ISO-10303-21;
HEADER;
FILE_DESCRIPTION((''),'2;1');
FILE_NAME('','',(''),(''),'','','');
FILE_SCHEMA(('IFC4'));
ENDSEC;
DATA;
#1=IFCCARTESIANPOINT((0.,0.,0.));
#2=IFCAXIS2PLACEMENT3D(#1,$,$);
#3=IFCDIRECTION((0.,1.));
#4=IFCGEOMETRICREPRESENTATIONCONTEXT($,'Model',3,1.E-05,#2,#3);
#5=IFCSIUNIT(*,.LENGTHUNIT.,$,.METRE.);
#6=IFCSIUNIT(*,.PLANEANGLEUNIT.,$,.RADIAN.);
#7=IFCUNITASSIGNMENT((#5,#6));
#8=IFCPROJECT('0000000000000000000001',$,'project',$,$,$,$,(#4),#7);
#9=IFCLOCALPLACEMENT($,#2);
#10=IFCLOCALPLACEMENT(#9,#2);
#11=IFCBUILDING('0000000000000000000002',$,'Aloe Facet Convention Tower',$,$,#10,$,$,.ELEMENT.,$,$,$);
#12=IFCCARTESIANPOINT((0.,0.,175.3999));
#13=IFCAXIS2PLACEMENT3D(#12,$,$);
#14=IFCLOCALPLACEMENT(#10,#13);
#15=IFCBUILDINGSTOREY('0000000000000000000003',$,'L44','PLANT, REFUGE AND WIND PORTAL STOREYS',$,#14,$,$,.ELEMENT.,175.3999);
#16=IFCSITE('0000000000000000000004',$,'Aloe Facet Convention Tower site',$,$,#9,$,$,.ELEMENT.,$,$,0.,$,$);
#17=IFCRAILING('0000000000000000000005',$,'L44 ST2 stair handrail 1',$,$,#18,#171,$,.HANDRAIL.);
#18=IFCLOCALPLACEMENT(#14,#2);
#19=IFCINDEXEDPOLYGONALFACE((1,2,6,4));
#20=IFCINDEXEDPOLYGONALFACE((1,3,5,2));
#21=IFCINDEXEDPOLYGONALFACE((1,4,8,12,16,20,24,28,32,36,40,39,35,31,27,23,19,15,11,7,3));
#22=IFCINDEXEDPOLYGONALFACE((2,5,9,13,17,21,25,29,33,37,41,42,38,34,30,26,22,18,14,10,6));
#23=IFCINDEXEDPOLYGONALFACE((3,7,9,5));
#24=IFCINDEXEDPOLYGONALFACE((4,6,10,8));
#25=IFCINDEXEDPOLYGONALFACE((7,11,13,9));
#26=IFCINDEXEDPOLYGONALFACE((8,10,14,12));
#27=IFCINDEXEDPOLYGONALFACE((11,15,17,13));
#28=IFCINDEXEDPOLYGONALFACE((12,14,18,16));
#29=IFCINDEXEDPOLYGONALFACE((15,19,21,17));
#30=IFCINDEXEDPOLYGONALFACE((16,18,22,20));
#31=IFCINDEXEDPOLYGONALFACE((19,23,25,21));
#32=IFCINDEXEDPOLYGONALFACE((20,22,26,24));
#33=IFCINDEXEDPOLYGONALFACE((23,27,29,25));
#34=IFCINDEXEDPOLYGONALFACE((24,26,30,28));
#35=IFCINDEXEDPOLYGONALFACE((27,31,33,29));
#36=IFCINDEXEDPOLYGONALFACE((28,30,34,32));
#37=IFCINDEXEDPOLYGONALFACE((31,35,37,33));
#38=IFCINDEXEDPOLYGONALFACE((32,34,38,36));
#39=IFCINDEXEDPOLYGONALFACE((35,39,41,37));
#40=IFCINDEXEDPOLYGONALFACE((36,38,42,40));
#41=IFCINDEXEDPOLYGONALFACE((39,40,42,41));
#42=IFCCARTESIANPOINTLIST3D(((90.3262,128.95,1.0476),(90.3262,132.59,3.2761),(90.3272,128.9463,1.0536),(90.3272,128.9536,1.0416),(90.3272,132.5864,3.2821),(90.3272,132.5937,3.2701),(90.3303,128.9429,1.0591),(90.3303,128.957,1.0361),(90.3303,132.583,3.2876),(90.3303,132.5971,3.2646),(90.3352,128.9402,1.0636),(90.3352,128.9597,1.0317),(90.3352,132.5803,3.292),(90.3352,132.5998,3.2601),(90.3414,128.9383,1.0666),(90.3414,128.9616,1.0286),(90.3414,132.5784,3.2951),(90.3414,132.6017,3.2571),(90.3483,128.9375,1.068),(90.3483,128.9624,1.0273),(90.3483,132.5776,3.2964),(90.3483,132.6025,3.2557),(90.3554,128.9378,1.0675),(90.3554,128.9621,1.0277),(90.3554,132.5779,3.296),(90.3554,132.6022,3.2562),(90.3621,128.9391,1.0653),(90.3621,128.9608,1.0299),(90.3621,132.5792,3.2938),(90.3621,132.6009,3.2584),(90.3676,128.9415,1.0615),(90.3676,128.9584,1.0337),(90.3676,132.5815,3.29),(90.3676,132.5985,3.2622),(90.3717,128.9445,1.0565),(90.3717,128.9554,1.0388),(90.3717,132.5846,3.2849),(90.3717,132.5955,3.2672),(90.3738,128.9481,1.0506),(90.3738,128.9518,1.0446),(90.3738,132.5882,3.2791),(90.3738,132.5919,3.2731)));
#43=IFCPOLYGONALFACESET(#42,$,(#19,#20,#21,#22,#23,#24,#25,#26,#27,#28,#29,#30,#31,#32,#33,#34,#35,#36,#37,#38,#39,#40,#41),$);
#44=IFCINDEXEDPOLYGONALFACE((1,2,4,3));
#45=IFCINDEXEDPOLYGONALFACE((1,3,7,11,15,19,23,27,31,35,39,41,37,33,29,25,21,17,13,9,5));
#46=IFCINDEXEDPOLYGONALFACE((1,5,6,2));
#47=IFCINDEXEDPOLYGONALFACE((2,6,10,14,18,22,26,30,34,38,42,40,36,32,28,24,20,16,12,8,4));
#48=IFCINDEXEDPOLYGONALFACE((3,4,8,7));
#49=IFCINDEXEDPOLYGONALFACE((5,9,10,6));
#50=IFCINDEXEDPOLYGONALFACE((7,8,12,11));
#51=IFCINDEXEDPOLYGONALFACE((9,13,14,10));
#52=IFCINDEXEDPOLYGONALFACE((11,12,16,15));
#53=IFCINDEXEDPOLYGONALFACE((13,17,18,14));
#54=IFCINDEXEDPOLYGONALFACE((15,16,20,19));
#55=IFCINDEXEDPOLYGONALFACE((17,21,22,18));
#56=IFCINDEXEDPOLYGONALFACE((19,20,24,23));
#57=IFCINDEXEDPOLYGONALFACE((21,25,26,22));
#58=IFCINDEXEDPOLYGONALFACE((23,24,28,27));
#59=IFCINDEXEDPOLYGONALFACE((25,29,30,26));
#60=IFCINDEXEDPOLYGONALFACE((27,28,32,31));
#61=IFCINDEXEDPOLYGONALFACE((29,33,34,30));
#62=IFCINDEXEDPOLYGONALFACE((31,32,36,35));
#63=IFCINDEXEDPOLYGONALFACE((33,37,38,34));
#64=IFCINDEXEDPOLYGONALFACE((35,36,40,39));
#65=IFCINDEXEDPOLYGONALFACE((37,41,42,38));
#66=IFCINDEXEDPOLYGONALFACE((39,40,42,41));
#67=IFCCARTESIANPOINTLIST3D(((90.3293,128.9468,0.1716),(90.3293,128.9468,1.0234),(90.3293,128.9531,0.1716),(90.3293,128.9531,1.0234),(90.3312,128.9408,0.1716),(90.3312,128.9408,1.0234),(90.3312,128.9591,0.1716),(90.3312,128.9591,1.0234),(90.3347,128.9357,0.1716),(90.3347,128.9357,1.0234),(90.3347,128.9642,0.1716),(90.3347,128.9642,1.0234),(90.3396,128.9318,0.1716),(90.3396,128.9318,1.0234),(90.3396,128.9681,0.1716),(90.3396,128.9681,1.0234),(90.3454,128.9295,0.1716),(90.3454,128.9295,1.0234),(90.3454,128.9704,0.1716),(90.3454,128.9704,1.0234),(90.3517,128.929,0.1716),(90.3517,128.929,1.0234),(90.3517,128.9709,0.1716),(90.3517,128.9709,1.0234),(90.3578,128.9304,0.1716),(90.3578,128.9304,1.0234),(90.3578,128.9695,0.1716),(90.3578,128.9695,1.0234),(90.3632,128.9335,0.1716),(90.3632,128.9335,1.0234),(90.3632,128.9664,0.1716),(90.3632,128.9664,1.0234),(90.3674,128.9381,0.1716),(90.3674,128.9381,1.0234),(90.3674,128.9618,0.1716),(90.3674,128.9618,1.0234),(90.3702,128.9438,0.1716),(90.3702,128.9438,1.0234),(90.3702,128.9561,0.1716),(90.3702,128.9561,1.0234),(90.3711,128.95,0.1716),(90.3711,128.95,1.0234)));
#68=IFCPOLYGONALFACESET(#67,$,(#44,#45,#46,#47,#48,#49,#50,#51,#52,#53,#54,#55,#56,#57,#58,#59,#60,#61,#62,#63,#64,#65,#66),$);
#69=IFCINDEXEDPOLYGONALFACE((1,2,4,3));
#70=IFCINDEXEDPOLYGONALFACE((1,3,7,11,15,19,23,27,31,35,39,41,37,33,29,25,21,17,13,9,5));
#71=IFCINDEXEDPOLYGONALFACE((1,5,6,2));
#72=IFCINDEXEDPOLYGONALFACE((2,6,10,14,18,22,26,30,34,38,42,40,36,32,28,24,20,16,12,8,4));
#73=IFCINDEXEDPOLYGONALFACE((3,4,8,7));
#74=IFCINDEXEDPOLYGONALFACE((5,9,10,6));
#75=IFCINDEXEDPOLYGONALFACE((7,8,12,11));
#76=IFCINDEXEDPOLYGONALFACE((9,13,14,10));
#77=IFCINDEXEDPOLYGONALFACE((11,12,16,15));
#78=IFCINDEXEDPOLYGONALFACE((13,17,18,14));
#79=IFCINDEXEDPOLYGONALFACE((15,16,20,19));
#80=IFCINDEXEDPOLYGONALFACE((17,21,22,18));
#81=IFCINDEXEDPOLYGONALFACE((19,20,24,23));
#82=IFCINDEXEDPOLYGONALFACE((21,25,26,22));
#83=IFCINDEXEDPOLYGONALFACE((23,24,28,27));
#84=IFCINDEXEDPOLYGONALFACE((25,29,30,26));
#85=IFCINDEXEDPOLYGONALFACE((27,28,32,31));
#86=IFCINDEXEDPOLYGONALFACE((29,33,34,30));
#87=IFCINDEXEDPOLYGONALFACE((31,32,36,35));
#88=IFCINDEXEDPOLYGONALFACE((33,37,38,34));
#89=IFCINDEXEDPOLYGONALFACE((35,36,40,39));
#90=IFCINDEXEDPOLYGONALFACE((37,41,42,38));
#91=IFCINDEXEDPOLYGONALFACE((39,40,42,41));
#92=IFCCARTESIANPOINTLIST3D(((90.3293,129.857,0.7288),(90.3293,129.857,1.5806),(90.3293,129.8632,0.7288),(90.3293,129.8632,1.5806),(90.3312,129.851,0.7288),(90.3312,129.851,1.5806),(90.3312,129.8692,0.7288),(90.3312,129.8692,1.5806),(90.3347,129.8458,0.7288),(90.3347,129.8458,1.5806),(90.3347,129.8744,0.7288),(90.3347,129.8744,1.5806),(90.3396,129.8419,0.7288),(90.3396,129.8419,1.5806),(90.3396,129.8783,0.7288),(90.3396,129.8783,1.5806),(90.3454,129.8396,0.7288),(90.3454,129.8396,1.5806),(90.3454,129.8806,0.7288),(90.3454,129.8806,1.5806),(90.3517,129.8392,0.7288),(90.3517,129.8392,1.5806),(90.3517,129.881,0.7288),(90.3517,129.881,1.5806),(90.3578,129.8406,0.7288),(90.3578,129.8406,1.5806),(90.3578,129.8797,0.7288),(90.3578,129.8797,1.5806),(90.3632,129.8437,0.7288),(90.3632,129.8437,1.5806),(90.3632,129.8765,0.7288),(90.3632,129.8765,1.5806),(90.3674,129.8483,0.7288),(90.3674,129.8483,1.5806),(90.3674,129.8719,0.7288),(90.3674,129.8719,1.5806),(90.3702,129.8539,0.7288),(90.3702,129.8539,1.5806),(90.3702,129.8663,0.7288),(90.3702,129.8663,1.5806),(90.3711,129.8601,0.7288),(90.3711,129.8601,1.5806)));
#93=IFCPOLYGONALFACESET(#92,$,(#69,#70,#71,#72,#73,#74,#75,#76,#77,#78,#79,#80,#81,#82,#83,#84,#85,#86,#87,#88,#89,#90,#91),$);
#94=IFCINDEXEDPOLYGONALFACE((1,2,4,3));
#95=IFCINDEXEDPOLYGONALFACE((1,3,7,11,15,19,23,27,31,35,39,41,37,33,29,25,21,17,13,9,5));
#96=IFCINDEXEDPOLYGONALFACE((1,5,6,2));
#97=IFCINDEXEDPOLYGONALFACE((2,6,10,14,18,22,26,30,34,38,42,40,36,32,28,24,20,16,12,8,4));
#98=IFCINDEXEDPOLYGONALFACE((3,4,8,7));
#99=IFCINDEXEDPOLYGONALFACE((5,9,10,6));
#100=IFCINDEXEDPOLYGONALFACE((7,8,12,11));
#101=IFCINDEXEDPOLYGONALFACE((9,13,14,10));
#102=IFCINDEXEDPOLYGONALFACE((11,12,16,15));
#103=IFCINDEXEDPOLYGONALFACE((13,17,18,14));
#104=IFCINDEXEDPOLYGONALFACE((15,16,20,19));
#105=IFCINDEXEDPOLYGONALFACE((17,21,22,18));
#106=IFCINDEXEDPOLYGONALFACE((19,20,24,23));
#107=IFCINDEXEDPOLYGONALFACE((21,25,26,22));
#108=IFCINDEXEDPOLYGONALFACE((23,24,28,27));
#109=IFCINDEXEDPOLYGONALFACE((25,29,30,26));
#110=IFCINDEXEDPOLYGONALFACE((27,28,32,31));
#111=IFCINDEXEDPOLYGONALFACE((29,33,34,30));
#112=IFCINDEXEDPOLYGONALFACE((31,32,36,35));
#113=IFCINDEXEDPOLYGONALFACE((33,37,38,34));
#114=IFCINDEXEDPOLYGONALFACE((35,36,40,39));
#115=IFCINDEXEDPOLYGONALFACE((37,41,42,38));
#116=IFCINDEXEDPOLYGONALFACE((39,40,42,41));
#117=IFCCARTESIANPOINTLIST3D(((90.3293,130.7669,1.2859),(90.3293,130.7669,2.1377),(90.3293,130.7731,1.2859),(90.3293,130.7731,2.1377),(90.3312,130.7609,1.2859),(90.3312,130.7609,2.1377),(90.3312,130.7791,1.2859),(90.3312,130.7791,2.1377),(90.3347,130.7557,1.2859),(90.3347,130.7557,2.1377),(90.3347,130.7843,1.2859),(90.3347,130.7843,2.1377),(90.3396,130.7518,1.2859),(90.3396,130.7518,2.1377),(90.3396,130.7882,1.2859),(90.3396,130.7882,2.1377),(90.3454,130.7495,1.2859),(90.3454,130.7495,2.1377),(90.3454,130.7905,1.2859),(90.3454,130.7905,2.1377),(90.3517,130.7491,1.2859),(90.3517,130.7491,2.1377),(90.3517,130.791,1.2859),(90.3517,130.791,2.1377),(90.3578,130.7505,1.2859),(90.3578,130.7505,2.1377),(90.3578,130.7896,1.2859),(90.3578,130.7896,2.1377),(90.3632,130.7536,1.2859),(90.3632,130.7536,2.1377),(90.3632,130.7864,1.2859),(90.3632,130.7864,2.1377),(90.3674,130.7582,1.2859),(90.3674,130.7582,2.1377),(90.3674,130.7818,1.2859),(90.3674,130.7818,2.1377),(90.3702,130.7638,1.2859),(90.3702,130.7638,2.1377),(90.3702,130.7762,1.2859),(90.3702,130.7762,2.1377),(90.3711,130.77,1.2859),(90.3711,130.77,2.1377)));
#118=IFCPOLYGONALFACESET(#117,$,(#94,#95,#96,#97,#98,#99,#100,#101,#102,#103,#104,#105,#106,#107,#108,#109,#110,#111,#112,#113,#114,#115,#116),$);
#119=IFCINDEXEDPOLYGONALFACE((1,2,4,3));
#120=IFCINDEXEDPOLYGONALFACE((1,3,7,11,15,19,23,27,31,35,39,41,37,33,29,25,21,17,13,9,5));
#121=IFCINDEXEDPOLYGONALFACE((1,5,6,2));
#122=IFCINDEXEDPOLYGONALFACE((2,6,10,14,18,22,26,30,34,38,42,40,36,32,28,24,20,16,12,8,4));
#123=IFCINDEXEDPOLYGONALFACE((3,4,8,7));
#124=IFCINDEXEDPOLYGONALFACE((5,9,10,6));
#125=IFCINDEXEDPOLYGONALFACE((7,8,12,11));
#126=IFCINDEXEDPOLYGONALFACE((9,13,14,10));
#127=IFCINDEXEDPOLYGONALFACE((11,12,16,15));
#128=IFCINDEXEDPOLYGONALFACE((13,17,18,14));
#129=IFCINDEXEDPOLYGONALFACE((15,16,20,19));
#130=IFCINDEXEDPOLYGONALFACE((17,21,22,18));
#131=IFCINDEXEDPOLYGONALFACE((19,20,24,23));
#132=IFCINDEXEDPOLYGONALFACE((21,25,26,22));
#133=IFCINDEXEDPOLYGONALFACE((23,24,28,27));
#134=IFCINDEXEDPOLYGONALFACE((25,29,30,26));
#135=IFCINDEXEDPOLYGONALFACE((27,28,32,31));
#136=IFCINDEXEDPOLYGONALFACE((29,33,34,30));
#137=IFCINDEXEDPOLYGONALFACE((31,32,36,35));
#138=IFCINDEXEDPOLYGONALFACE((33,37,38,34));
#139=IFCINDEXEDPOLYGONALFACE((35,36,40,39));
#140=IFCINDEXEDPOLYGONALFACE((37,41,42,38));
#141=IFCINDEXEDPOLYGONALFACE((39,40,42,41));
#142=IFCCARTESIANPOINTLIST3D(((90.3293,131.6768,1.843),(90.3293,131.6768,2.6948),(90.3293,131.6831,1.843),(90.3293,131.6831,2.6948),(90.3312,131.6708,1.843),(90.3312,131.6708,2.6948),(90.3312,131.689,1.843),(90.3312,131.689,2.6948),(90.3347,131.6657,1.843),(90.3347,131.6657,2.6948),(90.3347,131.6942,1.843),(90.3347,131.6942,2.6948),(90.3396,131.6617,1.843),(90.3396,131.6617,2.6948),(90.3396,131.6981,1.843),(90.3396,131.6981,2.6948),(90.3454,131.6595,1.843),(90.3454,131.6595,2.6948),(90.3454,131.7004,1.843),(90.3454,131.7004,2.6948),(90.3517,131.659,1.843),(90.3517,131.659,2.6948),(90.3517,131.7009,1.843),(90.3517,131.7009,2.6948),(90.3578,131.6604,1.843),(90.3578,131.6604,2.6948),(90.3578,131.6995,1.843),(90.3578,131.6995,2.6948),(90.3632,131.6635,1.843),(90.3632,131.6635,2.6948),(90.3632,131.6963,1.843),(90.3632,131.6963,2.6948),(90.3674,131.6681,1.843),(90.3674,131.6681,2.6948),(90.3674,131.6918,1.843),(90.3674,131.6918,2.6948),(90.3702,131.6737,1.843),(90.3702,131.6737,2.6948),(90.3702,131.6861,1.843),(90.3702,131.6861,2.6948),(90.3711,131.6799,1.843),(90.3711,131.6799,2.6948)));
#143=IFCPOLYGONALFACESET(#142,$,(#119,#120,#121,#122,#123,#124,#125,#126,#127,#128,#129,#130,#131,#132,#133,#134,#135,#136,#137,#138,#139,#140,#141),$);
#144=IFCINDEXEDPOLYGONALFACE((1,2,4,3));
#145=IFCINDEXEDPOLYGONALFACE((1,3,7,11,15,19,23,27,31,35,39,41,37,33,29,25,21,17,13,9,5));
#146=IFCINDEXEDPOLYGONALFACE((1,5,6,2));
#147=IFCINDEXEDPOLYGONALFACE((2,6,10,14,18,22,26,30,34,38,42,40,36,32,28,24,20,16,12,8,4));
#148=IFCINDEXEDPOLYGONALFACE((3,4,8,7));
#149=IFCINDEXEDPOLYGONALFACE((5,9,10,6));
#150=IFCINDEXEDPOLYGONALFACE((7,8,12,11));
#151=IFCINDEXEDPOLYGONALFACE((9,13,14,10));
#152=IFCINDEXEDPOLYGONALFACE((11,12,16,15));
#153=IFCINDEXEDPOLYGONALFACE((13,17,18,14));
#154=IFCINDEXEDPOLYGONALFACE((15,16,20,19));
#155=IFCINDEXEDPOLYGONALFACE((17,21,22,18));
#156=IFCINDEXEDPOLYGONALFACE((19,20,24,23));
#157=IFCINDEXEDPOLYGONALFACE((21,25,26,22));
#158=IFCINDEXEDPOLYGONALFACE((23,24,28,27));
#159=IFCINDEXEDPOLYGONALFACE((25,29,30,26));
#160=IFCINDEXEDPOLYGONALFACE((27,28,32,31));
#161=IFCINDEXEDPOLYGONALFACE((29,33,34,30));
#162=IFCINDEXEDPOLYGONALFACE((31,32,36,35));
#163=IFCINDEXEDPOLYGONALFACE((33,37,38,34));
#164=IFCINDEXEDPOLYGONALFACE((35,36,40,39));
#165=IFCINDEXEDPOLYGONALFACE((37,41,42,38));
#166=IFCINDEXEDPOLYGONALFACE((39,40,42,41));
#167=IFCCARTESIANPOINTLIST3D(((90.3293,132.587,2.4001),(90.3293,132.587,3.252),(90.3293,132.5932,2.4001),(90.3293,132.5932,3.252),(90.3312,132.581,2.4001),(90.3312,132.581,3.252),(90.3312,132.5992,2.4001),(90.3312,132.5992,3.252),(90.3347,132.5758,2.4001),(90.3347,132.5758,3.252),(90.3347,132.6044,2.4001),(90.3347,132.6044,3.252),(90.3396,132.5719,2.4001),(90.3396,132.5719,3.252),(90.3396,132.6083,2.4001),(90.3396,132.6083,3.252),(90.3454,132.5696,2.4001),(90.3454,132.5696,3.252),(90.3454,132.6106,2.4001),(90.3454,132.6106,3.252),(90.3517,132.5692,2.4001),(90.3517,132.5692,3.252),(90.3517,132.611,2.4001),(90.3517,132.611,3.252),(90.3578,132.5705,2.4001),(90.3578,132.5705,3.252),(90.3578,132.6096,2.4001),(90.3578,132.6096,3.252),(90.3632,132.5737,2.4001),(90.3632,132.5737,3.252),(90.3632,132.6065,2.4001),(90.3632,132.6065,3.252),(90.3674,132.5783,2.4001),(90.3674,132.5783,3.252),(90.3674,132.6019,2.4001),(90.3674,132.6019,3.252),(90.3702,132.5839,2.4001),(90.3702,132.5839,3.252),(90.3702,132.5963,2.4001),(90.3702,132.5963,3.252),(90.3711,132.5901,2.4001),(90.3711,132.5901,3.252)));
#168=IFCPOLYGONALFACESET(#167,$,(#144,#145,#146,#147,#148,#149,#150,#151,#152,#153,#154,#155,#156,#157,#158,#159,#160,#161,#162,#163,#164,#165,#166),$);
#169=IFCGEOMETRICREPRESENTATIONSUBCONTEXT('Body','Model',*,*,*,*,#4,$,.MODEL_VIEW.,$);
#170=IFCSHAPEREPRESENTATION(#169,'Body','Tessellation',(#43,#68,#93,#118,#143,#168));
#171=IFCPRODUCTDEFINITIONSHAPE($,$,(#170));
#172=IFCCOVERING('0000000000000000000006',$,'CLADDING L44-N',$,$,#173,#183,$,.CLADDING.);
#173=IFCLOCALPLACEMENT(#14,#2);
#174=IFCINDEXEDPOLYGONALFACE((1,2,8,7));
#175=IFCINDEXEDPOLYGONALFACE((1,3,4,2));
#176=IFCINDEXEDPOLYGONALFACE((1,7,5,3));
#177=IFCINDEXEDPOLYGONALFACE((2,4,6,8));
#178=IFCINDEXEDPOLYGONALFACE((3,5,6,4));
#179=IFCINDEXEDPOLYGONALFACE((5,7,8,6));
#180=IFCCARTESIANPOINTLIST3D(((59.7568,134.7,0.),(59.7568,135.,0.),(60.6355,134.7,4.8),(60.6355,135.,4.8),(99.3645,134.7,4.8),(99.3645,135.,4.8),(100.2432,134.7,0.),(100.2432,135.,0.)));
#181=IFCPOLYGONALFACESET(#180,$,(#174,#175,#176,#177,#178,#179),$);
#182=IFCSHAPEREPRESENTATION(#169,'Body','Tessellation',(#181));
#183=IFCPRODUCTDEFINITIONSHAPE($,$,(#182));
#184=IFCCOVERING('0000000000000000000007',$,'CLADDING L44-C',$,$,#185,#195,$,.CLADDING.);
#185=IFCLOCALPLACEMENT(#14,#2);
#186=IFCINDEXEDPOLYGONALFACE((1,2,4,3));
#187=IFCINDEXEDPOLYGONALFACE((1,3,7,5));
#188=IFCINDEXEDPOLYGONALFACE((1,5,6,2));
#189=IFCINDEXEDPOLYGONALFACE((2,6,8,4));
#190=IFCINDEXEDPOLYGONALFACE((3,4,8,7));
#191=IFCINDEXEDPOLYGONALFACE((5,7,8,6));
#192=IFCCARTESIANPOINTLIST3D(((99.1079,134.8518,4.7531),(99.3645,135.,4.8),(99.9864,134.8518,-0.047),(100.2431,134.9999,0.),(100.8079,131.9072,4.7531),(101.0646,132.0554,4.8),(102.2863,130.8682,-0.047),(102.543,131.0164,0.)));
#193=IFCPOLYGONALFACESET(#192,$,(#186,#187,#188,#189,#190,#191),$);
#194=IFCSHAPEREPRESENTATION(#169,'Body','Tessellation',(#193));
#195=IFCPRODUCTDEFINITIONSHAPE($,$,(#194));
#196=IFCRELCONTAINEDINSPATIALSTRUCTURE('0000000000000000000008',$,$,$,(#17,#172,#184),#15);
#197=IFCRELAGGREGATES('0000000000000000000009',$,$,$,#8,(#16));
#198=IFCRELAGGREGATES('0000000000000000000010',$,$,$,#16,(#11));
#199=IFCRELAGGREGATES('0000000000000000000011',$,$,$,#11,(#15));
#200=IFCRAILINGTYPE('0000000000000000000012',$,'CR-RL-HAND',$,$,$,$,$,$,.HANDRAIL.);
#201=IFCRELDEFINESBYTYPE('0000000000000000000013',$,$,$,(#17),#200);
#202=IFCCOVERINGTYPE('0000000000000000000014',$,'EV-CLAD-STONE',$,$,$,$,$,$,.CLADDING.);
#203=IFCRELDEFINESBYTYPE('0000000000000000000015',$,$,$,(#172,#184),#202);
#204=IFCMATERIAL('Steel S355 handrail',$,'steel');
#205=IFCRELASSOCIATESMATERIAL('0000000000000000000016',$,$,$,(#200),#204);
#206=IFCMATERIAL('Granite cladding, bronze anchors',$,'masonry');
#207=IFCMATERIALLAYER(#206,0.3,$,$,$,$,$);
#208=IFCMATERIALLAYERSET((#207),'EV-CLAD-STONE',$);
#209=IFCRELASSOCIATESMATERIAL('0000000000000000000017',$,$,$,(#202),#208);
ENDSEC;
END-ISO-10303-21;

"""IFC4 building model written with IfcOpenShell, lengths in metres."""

from ifc_helpers import new_model, si_unit, direction, frame, origin, origin_2d, place, context, subcontext, project, spatial, polyline, circle, outline, extrude, material, layer, layer_set, type_object, element, save


model = new_model("IFC4")

# Units and contexts
model_context = context("Model", 3, precision=1e-05, world=origin(), true_north=direction((0.0, 1.0)))
body_context = subcontext(model_context, "Body", "Model", "MODEL_VIEW")
ifc_project = project(units=[si_unit("LENGTHUNIT", "METRE"), si_unit("PLANEANGLEUNIT", "RADIAN")], contexts=[model_context])

# Site, building, storey
site_placement = place(None, origin())
site = spatial("IfcSite", under=ifc_project, at=site_placement, Name="Aloe Facet Convention Tower site", CompositionType="ELEMENT", RefElevation=0.0)
building_placement = place(site_placement, origin())
building = spatial("IfcBuilding", under=site, at=building_placement, Name="Aloe Facet Convention Tower", CompositionType="ELEMENT")
storey_placement = place(building_placement, frame((0.0, 0.0, 175.3999)))
storey = spatial("IfcBuildingStorey", under=building, at=storey_placement, Name="L44", Description="PLANT, REFUGE AND WIND PORTAL STOREYS", CompositionType="ELEMENT", Elevation=175.3999)

# Railing
ifc_material_1 = material(Name="Steel S355 handrail", Category="steel")
railing_type_1 = type_object("IfcRailingType", Name="CR-RL-HAND", PredefinedType="HANDRAIL", material=ifc_material_1)
railing_1_placement = place(storey_placement, frame((90.3501, 128.95, 0.1716)))
element("IfcRailing", 1, at=railing_1_placement, inside=storey, type_object=railing_type_1, Name="L44 ST2 stair handrail 1", PredefinedType="HANDRAIL", context=body_context, shape_type="SweptSolid", body=[
    extrude(circle(Radius=0.0239, at=origin_2d()), frame((0.0, 0.0, 0.876), z_axis=(0.0, 0.852866, 0.52213), x_axis=(-1.0, 0.0, 0.0)), (0.0, 0.0, 1.0), 4.2681),
    extrude(circle(Radius=0.021, at=origin_2d()), origin(), (0.0, 0.0, 1.0), 0.8518),
    extrude(circle(Radius=0.021, at=origin_2d()), frame((0.0, 0.9102, 0.5571)), (0.0, 0.0, 1.0), 0.8518),
    extrude(circle(Radius=0.021, at=origin_2d()), frame((0.0, 1.8201, 1.1143)), (0.0, 0.0, 1.0), 0.8518),
    extrude(circle(Radius=0.021, at=origin_2d()), frame((0.0, 2.73, 1.6714)), (0.0, 0.0, 1.0), 0.8518),
    extrude(circle(Radius=0.021, at=origin_2d()), frame((0.0, 3.6401, 2.2285)), (0.0, 0.0, 1.0), 0.8518),
])

# Coverings
ifc_material_2 = material(Name="Granite cladding, bronze anchors", Category="masonry")
ifc_layer_1 = layer(ifc_material_2, 0.3)
ifc_layer_set_1 = layer_set([ifc_layer_1], Name="EV-CLAD-STONE")
covering_type = type_object("IfcCoveringType", Name="EV-CLAD-STONE", PredefinedType="CLADDING", material=ifc_layer_set_1)
covering_1_placement = place(storey_placement, frame((100.2432, 135.0, 0.0), z_axis=(0.0, 1.0, 0.0), x_axis=(-1.0, 0.0, 0.0)))
element("IfcCovering", 2, at=covering_1_placement, inside=storey, type_object=covering_type, Name="CLADDING L44-N", PredefinedType="CLADDING", context=body_context, shape_type="SweptSolid", body=[
    extrude(outline(polyline([(0.0, 0.0), (40.4863, 0.0), (39.6077, 4.8), (0.8787, 4.8), (0.0, 0.0)])), origin(), (0.0, 0.0, -1.0), 0.3),
])
covering_2_placement = place(storey_placement, frame((102.543, 131.0164, 0.0), z_axis=(0.855348, 0.493834, 0.156548), x_axis=(-0.499998, 0.866026, -0.000004)))
element("IfcCovering", 3, at=covering_2_placement, inside=storey, type_object=covering_type, Name="CLADDING L44-C", PredefinedType="CLADDING", context=body_context, shape_type="SweptSolid", body=[
    extrude(outline(polyline([(0.0, 0.0), (4.5998, 0.0), (5.0391, 4.86), (1.639, 4.86), (0.0, 0.0)])), origin(), (0.0, 0.0, -1.0), 0.3),
])

save(model, "model.ifc")
